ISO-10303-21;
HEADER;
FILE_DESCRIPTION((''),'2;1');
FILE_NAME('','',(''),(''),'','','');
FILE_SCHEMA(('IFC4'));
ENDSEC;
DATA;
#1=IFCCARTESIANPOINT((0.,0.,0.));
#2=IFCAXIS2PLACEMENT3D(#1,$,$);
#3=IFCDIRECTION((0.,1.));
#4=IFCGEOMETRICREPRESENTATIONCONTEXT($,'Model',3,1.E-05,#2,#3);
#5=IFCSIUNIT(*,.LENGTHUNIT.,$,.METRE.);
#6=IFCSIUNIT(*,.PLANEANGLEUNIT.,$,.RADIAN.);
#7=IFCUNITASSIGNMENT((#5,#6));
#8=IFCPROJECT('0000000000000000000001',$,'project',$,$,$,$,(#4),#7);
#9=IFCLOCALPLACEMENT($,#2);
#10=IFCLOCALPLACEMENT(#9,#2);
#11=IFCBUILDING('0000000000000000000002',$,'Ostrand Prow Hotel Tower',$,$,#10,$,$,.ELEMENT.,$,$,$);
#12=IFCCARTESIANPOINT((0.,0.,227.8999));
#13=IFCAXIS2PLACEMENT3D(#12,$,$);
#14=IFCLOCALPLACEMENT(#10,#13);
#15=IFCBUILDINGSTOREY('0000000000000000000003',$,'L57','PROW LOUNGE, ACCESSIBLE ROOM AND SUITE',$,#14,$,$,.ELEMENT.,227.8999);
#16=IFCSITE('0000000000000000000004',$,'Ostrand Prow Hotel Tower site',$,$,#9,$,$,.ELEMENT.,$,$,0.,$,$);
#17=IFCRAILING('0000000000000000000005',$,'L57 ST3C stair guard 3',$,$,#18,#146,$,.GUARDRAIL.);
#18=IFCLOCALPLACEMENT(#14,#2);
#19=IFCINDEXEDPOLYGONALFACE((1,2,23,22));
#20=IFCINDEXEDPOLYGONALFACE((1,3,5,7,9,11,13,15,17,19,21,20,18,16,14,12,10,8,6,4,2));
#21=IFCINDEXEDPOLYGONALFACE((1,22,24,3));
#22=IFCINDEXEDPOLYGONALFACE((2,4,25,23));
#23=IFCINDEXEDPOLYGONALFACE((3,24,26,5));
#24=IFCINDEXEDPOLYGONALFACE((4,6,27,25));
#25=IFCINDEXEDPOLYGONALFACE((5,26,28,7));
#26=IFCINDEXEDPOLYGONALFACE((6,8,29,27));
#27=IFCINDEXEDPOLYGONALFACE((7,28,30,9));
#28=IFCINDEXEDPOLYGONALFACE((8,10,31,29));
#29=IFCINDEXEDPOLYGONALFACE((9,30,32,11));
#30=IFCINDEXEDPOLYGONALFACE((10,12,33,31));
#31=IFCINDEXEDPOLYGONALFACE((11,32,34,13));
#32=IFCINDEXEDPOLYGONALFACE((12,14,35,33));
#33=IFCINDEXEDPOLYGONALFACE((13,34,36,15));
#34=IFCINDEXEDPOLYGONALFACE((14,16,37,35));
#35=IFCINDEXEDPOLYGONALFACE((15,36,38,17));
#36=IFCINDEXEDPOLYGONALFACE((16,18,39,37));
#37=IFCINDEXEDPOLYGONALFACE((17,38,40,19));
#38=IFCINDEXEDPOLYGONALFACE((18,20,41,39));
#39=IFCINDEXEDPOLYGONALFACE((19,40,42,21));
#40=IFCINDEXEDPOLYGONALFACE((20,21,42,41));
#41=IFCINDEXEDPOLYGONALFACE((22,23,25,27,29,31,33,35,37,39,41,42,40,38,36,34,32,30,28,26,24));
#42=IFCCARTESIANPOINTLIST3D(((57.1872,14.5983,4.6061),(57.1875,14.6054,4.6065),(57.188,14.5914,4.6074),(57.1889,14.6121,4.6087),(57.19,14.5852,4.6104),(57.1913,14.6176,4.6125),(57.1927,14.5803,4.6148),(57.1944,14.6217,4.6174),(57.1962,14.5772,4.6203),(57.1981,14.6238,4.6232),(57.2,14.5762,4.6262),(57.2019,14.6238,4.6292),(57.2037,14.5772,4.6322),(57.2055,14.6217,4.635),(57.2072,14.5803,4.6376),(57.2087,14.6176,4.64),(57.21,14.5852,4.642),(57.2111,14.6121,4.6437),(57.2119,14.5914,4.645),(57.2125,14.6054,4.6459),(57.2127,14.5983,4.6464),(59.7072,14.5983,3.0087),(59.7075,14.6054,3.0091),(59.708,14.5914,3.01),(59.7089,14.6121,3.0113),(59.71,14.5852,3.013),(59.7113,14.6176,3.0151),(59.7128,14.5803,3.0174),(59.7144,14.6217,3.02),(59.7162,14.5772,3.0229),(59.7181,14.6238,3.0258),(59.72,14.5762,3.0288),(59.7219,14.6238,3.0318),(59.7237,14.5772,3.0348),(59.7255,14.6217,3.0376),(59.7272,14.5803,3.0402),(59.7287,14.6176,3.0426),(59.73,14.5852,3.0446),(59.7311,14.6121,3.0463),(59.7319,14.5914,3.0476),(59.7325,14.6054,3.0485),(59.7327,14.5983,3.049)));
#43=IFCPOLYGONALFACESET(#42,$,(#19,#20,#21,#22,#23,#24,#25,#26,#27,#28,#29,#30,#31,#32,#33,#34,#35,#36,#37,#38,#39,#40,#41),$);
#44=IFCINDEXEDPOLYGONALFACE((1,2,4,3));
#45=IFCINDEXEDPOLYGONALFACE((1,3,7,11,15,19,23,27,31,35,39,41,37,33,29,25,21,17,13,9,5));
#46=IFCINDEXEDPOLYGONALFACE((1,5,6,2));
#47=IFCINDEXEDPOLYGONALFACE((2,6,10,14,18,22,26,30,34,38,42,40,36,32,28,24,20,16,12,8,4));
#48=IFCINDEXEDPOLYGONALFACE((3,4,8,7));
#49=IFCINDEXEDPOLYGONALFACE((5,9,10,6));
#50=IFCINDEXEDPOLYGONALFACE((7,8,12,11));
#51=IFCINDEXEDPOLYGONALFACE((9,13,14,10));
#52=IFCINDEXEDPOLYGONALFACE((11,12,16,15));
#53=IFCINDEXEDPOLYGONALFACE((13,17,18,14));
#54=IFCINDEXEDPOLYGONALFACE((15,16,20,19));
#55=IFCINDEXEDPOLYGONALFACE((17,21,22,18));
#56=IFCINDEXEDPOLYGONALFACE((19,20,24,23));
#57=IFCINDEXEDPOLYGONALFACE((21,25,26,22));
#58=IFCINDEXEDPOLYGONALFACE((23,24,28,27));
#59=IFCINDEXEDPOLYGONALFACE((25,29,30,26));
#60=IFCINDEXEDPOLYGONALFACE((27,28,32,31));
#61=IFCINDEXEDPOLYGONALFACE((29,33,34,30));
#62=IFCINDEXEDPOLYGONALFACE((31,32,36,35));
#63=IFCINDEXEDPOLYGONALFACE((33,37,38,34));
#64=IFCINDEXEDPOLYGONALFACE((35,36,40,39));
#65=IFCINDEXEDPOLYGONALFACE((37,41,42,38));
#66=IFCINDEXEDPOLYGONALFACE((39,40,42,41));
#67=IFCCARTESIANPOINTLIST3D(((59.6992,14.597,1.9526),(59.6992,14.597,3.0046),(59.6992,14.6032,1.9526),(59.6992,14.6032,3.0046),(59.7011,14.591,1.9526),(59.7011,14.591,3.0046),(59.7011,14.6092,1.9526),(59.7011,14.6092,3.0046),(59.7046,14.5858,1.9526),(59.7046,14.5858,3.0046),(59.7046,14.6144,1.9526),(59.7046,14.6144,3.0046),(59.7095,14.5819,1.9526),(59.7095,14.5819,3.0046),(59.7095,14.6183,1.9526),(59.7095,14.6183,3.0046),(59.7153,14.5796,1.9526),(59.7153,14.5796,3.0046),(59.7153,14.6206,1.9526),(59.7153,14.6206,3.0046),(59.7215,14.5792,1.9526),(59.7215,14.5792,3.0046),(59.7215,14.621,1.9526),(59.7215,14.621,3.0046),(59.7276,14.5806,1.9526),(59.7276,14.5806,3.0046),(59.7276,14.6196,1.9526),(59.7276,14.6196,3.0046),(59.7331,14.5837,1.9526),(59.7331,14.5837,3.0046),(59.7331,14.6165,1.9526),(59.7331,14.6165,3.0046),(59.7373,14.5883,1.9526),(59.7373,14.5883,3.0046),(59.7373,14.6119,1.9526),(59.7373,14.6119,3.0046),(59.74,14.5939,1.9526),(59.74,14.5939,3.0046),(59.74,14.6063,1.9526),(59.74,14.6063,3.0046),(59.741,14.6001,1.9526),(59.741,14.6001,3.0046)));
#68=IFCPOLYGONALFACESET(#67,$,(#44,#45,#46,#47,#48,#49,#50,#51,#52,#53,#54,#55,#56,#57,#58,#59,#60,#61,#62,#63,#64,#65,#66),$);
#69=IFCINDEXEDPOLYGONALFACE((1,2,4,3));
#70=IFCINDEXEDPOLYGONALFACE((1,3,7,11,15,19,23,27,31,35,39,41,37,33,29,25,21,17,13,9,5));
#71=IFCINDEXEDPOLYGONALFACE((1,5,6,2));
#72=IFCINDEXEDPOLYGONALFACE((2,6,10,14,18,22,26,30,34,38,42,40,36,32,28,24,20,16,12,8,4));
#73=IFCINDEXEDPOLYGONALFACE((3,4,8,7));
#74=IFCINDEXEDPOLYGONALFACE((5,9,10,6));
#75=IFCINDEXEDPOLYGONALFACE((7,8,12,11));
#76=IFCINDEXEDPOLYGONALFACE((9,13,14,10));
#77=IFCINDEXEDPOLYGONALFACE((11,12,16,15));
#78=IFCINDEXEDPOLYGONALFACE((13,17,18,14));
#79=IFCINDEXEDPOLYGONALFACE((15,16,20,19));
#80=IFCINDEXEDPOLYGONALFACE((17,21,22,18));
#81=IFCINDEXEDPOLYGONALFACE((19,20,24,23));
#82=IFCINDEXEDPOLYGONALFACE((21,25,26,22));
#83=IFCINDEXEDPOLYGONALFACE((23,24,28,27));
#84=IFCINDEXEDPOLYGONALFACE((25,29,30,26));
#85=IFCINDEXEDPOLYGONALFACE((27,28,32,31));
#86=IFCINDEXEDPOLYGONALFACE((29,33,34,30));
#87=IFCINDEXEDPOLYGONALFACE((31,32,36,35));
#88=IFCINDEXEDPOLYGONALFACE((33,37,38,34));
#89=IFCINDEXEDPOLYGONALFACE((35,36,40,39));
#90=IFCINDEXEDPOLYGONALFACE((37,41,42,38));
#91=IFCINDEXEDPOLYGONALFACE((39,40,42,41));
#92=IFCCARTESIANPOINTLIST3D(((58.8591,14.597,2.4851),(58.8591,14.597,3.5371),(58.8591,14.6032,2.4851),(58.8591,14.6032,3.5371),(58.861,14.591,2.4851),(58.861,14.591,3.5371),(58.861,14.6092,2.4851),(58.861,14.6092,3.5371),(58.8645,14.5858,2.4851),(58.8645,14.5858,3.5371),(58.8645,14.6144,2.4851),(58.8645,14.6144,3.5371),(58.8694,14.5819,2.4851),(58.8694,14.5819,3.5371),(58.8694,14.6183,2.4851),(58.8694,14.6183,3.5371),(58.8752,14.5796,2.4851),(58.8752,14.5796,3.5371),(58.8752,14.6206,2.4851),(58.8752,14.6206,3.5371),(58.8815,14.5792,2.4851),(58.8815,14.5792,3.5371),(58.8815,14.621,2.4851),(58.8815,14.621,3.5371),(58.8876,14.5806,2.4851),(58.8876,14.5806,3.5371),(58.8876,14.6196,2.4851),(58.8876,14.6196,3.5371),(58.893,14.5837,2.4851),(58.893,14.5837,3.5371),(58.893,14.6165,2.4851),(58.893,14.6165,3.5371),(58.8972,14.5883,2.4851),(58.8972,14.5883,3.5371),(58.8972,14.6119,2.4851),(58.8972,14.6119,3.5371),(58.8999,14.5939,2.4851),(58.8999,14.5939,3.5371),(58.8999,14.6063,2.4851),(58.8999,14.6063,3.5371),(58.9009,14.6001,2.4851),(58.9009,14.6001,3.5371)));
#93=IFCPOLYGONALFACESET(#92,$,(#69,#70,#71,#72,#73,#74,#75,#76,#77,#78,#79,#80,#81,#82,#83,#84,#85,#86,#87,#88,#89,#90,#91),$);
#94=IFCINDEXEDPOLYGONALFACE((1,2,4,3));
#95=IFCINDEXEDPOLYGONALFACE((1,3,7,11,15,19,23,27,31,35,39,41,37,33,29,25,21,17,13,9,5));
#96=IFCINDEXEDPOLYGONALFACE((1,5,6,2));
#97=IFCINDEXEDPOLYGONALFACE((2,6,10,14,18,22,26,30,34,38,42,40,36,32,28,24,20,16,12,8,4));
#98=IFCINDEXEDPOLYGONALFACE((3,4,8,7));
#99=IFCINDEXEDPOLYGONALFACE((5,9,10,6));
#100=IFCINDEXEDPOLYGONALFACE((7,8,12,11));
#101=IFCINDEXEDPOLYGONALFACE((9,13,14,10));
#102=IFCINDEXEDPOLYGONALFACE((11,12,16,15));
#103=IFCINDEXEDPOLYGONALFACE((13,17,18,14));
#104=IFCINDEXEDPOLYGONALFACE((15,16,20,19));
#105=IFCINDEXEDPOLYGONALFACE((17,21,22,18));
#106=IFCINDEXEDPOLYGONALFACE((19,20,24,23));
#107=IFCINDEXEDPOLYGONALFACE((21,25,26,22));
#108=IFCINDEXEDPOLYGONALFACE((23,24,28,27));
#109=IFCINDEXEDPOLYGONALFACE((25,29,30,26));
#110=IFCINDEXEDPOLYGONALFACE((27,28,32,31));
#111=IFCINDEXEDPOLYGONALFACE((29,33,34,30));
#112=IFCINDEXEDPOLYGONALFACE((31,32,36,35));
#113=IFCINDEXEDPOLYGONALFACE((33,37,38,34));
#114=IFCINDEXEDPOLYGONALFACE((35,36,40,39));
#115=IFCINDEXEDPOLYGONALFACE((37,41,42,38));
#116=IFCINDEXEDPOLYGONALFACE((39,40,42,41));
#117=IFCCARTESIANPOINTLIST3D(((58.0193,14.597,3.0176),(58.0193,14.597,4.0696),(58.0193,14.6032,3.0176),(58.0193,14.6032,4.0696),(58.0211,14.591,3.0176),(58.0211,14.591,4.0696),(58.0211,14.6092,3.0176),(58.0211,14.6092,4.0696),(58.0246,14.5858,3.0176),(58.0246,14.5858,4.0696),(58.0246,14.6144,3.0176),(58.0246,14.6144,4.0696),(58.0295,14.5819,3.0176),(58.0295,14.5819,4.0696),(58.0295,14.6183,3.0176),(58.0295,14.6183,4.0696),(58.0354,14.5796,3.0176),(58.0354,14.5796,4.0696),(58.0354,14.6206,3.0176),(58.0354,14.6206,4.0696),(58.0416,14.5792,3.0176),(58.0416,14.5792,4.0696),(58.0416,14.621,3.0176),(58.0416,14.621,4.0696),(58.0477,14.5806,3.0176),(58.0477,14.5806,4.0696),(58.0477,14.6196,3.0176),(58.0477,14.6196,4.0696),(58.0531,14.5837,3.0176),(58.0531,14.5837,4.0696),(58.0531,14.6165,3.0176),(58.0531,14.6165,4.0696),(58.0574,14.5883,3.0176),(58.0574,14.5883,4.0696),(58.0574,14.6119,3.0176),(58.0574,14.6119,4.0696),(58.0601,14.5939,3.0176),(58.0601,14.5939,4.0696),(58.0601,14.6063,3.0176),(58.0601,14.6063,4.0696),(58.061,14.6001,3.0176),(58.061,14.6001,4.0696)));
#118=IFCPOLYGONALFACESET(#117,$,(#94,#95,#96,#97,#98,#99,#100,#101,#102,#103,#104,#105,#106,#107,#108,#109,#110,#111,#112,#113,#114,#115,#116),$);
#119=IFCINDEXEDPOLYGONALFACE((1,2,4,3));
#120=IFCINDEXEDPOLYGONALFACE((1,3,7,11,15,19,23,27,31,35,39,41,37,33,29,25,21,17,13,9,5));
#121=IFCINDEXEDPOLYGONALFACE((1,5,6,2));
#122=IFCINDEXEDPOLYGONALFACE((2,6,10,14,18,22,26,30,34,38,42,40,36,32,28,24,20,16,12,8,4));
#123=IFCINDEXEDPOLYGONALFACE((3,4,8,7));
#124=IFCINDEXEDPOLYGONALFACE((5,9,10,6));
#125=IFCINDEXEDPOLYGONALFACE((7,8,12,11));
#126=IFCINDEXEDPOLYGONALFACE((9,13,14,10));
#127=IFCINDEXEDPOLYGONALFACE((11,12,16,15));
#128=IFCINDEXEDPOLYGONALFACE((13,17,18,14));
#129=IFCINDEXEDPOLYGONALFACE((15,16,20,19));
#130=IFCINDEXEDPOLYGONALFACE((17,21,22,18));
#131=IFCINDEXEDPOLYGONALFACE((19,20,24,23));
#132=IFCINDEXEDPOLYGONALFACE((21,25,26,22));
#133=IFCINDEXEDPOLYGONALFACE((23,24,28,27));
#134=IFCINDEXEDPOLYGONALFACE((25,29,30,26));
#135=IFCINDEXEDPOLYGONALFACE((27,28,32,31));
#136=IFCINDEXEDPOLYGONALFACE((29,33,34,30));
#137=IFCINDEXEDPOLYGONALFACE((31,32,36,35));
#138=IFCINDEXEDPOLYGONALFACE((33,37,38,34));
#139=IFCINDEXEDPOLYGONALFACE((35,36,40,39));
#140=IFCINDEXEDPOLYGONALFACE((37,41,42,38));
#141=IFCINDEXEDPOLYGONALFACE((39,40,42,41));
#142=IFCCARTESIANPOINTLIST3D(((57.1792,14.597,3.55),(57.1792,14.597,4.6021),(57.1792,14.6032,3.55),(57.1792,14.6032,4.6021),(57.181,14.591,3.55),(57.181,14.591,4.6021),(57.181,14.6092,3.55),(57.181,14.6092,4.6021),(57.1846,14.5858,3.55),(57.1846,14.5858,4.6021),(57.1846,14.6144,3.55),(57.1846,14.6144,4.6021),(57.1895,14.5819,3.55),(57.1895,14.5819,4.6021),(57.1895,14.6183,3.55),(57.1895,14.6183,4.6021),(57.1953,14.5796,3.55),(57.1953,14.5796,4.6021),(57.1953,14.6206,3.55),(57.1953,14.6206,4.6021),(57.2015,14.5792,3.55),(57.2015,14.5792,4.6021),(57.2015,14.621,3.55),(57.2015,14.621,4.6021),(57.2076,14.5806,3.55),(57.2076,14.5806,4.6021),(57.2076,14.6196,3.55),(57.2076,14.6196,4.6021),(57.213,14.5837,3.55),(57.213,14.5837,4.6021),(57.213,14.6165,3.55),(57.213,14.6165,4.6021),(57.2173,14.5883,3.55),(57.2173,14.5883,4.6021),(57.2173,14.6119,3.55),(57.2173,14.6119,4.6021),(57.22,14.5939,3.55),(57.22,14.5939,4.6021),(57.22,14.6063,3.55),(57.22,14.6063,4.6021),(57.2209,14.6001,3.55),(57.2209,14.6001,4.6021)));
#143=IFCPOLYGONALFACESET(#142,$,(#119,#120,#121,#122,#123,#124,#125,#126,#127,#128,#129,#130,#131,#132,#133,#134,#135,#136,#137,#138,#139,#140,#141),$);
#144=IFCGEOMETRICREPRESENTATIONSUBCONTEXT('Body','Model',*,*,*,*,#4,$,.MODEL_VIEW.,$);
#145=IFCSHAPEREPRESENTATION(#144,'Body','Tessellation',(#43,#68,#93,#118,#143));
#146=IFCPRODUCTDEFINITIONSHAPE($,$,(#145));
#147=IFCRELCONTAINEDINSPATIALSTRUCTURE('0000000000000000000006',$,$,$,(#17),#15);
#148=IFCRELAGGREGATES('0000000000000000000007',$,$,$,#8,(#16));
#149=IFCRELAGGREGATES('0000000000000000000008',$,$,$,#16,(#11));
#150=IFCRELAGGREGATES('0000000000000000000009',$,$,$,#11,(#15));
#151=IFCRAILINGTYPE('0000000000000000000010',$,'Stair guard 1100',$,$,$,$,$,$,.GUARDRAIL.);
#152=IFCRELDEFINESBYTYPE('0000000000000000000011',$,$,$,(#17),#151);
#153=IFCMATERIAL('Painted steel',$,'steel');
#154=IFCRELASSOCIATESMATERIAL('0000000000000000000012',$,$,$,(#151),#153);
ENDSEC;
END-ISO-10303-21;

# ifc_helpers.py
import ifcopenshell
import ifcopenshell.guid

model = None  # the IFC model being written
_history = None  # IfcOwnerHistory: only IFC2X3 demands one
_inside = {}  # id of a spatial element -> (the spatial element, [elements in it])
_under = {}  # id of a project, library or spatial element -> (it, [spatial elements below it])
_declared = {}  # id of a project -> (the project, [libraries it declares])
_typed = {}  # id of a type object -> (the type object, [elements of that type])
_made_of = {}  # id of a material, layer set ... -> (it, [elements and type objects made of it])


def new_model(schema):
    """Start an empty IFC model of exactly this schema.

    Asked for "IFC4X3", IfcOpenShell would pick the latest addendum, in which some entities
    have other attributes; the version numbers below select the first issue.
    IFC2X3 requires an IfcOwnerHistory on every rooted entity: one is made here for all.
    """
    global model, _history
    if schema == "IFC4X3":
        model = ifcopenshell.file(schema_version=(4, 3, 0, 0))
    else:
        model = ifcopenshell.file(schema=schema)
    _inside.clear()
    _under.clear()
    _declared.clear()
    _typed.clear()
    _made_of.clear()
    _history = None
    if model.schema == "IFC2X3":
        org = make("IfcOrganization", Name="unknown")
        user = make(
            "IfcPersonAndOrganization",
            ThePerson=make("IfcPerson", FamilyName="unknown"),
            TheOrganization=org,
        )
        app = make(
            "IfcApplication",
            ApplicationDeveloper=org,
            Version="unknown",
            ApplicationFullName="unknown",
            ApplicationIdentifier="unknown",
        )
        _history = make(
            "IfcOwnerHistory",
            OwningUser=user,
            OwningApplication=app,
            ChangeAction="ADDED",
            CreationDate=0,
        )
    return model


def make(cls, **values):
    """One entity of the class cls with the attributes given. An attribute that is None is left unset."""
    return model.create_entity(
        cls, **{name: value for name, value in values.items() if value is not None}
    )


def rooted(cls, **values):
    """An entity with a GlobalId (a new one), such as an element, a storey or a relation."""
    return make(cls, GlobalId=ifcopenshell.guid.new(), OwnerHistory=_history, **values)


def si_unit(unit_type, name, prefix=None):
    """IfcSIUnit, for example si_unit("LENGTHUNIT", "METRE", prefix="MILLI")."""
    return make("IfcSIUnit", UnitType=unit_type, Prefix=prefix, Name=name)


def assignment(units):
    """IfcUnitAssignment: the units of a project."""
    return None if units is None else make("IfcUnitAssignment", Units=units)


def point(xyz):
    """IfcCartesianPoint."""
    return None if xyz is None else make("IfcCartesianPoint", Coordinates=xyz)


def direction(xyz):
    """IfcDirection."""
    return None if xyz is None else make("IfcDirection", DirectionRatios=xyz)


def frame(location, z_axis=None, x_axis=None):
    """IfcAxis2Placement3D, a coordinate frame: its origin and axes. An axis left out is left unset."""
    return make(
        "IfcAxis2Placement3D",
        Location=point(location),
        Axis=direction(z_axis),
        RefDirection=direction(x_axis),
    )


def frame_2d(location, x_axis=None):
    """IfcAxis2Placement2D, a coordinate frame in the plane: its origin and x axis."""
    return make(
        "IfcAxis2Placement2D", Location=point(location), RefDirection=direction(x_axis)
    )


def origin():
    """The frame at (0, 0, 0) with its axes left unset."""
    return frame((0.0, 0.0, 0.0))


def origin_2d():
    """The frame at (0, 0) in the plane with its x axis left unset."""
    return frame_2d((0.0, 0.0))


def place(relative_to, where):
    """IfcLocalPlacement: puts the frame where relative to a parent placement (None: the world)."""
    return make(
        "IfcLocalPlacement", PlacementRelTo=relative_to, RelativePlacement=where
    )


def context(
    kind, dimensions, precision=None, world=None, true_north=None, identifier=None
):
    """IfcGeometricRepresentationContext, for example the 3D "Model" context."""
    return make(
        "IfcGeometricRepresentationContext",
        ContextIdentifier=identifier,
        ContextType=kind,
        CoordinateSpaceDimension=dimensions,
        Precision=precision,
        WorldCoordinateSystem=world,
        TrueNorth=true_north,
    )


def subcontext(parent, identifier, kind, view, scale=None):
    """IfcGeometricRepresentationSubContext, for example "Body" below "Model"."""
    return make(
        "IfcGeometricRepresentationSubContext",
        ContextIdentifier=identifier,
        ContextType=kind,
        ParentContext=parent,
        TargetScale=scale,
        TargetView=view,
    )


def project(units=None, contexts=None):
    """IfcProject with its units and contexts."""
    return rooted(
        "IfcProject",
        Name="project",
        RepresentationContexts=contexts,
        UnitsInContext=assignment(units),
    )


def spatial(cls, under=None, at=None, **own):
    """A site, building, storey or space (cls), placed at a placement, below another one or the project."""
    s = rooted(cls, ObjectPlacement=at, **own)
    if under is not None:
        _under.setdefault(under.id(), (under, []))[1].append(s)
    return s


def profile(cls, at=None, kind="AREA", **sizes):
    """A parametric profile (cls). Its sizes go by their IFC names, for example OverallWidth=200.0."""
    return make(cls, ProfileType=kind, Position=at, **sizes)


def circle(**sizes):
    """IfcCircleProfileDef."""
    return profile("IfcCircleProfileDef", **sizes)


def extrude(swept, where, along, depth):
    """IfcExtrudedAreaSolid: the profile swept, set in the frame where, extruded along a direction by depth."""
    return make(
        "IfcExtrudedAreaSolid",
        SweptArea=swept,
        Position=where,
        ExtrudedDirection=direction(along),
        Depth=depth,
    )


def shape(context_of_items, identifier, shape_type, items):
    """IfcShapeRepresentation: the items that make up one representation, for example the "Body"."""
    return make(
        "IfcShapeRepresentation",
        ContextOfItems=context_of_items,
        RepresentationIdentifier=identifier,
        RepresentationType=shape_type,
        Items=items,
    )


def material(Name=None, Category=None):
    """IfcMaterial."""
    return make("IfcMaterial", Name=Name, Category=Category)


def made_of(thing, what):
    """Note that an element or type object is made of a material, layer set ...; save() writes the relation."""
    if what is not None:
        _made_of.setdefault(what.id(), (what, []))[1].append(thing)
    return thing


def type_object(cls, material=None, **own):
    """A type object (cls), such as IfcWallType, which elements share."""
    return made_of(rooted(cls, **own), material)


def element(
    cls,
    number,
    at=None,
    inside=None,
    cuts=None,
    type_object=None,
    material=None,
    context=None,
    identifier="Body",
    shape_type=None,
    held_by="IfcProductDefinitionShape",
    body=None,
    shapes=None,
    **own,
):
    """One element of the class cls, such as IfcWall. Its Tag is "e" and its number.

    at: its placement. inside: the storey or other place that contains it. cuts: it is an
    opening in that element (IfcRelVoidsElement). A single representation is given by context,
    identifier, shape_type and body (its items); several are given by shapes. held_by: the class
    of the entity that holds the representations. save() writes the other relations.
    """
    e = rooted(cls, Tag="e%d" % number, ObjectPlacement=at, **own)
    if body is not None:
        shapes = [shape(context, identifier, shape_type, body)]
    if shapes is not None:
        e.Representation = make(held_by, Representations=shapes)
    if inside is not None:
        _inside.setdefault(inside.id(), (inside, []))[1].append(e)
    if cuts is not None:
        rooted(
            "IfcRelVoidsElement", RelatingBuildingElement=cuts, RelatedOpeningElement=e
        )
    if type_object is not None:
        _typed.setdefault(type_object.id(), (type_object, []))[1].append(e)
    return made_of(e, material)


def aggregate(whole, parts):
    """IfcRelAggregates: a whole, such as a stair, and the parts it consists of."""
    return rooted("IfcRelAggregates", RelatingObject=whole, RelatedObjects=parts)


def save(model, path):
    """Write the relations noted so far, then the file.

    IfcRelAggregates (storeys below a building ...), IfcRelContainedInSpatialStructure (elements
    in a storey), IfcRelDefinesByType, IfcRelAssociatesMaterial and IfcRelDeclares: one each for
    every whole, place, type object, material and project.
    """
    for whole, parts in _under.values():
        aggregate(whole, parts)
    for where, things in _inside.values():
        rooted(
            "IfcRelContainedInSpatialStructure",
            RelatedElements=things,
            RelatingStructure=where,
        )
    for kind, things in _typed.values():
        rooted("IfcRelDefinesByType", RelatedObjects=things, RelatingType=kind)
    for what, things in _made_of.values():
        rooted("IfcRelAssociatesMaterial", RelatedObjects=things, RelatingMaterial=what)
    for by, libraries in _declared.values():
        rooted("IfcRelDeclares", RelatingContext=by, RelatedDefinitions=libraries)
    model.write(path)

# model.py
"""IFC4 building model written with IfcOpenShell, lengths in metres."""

from ifc_helpers import new_model, si_unit, direction, frame, origin, origin_2d, place, context, subcontext, project, spatial, circle, extrude, material, type_object, element, save


model = new_model("IFC4")

# Units and contexts
model_context = context("Model", 3, precision=1e-05, world=origin(), true_north=direction((0.0, 1.0)))
body_context = subcontext(model_context, "Body", "Model", "MODEL_VIEW")
ifc_project = project(units=[si_unit("LENGTHUNIT", "METRE"), si_unit("PLANEANGLEUNIT", "RADIAN")], contexts=[model_context])

# Site, building, storey
site_placement = place(None, origin())
site = spatial("IfcSite", under=ifc_project, at=site_placement, Name="Ostrand Prow Hotel Tower site", CompositionType="ELEMENT", RefElevation=0.0)
building_placement = place(site_placement, origin())
building = spatial("IfcBuilding", under=site, at=building_placement, Name="Ostrand Prow Hotel Tower", CompositionType="ELEMENT")
storey_placement = place(building_placement, frame((0.0, 0.0, 227.8999)))
storey = spatial("IfcBuildingStorey", under=building, at=storey_placement, Name="L57", Description="PROW LOUNGE, ACCESSIBLE ROOM AND SUITE", CompositionType="ELEMENT", Elevation=227.8999)

# Railing
ifc_material_1 = material(Name="Painted steel", Category="steel")
railing_type_1 = type_object("IfcRailingType", Name="Stair guard 1100", PredefinedType="GUARDRAIL", material=ifc_material_1)
railing_1_placement = place(storey_placement, frame((59.72, 14.6001, 1.9526)))
element("IfcRailing", 1, at=railing_1_placement, inside=storey, type_object=railing_type_1, Name="L57 ST3C stair guard 3", PredefinedType="GUARDRAIL", context=body_context, shape_type="SweptSolid", body=[
    extrude(circle(Radius=0.0239, at=origin_2d()), frame((0.0, 0.0, 1.0762), z_axis=(-0.844607, 0.0, 0.535387), x_axis=(0.0, -1.0, 0.0)), (0.0, 0.0, 1.0), 2.9836),
    extrude(circle(Radius=0.021, at=origin_2d()), origin(), (0.0, 0.0, 1.0), 1.052),
    extrude(circle(Radius=0.021, at=origin_2d()), frame((-0.8401, 0.0, 0.5325)), (0.0, 0.0, 1.0), 1.052),
    extrude(circle(Radius=0.021, at=origin_2d()), frame((-1.6799, 0.0, 1.0649)), (0.0, 0.0, 1.0), 1.052),
    extrude(circle(Radius=0.021, at=origin_2d()), frame((-2.52, 0.0, 1.5974)), (0.0, 0.0, 1.0), 1.052),
])

save(model, "model.ifc")
